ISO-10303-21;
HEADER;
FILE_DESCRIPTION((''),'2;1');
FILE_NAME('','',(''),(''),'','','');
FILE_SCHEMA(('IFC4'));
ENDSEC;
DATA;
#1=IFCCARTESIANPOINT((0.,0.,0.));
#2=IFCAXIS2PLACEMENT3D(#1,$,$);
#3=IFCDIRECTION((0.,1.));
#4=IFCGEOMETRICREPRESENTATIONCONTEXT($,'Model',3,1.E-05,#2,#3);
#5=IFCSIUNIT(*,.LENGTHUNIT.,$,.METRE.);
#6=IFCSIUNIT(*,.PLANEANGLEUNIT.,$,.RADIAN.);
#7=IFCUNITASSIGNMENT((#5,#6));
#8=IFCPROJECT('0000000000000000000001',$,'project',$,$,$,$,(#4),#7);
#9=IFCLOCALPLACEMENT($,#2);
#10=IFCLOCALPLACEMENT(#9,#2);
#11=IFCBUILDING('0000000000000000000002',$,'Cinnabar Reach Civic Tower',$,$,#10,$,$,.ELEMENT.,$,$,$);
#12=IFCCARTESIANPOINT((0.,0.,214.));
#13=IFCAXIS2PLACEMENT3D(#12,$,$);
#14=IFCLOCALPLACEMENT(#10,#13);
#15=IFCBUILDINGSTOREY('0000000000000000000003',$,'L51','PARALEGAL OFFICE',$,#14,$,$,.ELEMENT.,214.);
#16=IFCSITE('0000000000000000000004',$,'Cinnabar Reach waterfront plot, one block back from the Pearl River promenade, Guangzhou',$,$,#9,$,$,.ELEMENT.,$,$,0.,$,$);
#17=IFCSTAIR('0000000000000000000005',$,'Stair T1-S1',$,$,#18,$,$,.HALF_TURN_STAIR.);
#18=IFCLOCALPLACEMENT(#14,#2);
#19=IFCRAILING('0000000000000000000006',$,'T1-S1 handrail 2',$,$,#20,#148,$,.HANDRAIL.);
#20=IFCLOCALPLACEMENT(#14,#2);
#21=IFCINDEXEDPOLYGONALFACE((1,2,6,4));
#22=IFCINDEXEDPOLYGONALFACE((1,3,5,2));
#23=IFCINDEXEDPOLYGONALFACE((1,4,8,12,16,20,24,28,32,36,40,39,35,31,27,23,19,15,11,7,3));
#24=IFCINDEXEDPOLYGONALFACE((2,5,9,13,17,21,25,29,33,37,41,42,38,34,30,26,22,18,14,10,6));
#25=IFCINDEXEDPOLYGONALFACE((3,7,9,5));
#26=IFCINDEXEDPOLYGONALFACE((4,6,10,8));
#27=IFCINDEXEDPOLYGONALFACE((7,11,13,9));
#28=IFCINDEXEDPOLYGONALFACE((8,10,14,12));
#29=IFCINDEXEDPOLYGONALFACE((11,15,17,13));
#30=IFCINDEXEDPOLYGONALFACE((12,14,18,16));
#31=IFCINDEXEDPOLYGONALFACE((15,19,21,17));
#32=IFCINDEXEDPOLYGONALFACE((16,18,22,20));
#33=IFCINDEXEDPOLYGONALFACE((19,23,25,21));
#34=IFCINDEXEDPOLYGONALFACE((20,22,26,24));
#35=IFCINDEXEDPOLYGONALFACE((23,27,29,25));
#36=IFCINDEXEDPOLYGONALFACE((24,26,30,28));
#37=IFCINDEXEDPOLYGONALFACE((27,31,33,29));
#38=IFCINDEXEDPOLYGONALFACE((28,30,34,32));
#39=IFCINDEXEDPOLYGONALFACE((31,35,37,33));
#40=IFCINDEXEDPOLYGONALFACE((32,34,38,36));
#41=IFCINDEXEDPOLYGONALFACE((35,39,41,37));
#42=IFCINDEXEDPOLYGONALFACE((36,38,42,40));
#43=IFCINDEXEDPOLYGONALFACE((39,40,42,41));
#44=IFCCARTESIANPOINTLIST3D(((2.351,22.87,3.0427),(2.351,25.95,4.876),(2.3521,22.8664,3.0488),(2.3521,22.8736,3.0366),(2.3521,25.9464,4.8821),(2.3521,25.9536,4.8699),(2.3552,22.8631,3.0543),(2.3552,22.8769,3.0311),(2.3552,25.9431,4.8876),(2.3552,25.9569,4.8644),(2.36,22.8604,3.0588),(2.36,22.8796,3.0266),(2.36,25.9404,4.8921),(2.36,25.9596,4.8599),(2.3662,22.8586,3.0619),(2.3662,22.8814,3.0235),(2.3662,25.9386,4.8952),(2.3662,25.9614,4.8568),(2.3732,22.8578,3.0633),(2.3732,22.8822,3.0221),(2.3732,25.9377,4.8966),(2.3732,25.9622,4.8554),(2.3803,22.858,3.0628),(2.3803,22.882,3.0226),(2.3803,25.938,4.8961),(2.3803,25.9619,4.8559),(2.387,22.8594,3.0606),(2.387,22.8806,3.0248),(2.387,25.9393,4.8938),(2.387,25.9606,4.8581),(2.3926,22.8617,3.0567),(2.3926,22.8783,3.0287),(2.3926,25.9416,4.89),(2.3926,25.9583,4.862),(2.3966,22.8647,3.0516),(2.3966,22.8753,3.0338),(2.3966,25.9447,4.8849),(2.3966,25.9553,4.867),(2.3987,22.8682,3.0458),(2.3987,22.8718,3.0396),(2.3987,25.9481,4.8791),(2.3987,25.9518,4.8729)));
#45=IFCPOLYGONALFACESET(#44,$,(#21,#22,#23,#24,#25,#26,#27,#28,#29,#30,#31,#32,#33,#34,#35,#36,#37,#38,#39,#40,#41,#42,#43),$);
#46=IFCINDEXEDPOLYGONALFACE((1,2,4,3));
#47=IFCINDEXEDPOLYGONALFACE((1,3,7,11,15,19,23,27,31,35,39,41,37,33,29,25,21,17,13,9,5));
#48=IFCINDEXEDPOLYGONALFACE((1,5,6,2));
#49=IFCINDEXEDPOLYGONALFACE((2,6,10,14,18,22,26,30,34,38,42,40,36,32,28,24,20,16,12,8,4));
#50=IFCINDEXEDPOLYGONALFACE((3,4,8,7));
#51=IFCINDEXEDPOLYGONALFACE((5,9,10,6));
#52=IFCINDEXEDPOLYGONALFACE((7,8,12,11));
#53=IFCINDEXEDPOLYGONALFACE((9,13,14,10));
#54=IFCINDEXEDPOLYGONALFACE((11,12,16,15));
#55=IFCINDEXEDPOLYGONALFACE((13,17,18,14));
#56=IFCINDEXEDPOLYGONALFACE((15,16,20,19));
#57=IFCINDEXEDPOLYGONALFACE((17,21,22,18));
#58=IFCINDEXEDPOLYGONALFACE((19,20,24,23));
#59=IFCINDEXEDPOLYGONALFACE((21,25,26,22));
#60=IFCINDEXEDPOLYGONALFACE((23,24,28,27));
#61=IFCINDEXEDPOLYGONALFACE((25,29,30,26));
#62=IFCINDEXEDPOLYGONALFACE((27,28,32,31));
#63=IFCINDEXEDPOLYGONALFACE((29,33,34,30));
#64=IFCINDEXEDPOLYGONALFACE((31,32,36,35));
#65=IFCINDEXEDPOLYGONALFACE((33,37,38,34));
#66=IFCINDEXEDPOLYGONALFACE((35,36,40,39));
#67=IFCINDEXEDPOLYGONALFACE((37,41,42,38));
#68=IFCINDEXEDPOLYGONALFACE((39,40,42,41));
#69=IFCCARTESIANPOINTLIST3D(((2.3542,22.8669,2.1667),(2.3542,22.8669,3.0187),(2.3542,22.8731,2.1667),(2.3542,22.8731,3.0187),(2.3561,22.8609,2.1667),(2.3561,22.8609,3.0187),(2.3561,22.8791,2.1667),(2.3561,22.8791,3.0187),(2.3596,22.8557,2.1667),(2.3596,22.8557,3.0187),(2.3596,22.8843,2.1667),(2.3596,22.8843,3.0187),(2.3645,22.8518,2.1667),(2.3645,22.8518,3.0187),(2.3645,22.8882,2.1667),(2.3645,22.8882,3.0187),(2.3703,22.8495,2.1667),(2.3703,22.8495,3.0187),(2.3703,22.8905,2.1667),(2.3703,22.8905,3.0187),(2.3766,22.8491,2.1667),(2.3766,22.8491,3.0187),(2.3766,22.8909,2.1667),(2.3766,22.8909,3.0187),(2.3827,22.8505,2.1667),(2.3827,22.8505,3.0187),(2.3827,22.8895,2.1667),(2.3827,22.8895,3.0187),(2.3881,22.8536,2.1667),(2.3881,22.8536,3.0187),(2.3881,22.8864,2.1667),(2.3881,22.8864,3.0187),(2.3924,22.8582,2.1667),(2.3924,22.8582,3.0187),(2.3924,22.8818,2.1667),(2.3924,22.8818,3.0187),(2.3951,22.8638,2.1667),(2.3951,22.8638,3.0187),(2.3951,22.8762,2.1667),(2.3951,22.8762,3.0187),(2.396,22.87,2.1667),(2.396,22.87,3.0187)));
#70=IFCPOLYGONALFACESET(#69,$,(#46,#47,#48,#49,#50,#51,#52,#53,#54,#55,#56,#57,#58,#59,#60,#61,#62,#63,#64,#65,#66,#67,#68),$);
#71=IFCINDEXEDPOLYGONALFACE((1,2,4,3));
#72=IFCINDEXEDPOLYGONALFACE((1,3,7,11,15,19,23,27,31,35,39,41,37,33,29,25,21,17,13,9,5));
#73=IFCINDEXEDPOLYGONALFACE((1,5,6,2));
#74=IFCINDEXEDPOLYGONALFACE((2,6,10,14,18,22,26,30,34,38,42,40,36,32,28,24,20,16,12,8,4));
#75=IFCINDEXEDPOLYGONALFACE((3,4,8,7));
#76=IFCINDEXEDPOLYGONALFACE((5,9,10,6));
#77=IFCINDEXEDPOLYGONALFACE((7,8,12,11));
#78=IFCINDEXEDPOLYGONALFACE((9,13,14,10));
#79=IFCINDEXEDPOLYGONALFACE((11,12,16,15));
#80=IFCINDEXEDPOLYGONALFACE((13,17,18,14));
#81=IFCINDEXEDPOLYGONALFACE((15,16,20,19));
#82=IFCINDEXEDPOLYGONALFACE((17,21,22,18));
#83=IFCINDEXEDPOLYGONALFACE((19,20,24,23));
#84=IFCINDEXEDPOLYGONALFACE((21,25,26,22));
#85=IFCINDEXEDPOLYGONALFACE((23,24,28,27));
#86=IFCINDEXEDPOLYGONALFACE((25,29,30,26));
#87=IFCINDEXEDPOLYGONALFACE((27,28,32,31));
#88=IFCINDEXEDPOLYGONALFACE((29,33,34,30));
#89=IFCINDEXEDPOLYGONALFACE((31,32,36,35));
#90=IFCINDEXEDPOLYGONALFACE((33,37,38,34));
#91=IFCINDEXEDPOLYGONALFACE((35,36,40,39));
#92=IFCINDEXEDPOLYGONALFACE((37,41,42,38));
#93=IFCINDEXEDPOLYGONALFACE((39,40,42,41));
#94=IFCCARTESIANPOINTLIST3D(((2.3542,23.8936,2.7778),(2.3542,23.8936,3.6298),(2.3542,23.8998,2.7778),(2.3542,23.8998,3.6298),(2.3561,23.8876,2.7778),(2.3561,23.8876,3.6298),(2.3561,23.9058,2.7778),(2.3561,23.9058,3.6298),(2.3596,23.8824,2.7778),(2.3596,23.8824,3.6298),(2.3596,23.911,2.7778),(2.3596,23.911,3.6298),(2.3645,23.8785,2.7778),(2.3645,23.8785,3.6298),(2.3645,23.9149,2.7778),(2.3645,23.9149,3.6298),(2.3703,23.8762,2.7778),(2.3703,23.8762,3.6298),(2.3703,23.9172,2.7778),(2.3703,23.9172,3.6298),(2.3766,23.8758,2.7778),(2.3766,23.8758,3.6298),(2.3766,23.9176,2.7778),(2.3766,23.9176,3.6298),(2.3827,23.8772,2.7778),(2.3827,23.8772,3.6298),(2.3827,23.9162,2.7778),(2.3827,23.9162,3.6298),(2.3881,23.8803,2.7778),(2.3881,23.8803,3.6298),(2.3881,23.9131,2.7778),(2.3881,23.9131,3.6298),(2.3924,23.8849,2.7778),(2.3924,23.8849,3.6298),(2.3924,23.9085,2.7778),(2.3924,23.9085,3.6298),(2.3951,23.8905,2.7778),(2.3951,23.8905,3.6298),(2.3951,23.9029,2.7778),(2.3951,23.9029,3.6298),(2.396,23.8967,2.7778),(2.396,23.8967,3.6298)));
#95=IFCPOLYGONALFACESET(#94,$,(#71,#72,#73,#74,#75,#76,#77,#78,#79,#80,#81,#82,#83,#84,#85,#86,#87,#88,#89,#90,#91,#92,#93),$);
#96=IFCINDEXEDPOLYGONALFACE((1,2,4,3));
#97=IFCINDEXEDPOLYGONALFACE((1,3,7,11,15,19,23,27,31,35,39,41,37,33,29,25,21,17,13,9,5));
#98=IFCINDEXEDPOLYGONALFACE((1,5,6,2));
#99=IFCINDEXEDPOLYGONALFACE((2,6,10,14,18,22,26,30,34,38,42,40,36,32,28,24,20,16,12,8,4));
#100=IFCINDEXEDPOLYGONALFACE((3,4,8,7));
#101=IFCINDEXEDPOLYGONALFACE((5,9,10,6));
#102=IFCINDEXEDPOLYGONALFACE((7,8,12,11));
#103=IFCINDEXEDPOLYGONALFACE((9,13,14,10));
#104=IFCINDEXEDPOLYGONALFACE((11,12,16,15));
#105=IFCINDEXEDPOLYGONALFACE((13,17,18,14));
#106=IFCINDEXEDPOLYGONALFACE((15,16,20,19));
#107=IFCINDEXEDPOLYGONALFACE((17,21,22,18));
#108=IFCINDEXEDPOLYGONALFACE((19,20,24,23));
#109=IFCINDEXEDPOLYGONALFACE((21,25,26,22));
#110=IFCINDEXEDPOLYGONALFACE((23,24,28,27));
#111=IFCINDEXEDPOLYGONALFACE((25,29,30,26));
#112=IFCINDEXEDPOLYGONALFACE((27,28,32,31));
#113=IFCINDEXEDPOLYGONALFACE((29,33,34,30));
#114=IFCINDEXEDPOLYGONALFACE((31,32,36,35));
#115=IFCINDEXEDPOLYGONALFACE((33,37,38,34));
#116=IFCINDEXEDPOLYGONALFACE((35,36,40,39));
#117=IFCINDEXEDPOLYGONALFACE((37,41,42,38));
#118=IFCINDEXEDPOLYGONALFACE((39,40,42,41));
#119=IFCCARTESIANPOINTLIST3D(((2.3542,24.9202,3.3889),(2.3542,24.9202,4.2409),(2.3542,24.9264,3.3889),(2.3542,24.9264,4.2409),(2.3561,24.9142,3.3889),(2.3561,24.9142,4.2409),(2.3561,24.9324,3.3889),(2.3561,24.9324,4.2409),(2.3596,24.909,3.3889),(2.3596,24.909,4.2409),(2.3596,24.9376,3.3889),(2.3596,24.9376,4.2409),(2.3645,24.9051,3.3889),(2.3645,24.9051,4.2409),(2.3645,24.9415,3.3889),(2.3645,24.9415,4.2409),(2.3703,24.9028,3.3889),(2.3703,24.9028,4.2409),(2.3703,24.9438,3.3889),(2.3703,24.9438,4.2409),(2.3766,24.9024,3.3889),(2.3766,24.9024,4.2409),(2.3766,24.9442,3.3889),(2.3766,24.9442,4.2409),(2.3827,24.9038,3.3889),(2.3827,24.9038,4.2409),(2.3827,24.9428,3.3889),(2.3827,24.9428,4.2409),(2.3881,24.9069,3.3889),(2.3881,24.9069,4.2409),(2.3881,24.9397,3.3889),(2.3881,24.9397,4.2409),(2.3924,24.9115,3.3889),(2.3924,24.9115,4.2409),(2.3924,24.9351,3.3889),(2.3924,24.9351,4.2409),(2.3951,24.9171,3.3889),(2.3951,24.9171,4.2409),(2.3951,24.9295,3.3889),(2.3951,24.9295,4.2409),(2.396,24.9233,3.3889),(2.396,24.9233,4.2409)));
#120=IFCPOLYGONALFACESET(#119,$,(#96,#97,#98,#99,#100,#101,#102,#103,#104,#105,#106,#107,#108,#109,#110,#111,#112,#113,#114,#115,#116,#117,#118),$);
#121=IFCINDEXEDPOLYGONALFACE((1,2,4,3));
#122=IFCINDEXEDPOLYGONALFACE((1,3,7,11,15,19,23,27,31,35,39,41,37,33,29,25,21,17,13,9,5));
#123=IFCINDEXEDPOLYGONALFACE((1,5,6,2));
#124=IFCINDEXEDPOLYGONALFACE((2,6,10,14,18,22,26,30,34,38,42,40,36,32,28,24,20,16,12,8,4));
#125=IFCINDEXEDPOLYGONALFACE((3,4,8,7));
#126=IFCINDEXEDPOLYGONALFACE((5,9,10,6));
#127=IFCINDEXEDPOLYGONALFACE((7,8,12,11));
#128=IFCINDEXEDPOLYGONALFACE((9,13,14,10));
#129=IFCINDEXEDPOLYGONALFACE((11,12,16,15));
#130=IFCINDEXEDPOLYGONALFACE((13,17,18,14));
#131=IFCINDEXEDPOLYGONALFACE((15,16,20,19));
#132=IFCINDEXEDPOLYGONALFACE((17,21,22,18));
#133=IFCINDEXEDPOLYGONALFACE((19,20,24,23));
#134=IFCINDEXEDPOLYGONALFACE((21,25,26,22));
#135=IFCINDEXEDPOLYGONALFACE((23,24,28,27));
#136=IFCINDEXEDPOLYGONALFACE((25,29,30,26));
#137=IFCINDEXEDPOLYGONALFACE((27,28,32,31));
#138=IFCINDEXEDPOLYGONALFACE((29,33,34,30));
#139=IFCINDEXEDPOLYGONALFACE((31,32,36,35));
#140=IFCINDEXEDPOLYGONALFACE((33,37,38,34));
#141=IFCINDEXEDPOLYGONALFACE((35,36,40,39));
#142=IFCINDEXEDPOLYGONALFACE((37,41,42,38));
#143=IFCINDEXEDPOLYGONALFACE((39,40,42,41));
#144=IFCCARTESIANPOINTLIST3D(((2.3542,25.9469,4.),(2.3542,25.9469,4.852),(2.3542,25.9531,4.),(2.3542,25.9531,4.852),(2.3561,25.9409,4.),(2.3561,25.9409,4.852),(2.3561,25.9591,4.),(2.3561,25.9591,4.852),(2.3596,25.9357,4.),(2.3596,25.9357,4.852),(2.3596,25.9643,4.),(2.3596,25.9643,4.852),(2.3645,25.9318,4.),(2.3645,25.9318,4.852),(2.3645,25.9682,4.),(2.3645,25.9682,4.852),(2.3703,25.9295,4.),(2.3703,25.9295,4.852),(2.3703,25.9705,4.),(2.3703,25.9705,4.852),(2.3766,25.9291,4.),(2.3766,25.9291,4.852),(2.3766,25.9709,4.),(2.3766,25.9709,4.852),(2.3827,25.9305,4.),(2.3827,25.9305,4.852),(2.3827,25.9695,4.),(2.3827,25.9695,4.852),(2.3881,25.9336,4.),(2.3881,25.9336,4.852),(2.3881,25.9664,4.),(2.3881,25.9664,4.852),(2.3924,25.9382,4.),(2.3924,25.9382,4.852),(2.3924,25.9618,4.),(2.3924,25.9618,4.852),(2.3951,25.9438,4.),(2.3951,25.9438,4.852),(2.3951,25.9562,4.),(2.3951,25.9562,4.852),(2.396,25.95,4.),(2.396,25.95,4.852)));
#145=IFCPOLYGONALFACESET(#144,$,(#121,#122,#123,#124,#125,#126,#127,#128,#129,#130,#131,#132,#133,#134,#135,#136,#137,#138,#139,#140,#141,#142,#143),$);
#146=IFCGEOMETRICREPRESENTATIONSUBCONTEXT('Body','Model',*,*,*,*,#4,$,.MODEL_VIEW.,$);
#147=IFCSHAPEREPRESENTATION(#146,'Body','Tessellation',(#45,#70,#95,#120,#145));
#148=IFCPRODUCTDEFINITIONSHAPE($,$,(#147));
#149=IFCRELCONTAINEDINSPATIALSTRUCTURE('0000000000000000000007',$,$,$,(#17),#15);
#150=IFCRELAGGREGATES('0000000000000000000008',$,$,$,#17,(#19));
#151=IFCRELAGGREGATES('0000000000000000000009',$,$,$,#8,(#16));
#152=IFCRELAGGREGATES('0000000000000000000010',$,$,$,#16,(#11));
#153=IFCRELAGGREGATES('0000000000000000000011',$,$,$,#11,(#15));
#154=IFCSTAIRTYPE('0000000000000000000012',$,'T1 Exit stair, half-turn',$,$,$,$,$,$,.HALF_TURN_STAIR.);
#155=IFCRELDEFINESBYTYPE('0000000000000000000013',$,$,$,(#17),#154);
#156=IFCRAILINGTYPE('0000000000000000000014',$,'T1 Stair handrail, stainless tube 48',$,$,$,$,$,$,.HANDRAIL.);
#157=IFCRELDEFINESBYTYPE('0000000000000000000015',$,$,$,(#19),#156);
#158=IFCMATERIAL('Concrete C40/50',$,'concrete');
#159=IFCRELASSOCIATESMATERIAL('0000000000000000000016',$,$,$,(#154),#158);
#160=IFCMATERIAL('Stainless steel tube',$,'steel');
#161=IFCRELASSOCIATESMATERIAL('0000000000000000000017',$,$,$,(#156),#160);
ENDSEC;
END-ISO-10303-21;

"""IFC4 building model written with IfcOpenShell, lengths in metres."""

from ifc_helpers import new_model, si_unit, direction, frame, origin, origin_2d, place, context, subcontext, project, spatial, circle, extrude, material, type_object, element, aggregate, save


model = new_model("IFC4")

# Units and contexts
model_context = context("Model", 3, precision=1e-05, world=origin(), true_north=direction((0.0, 1.0)))
body_context = subcontext(model_context, "Body", "Model", "MODEL_VIEW")
ifc_project = project(units=[si_unit("LENGTHUNIT", "METRE"), si_unit("PLANEANGLEUNIT", "RADIAN")], contexts=[model_context])

# Site, building, storey
site_placement = place(None, origin())
site = spatial("IfcSite", under=ifc_project, at=site_placement, Name="Cinnabar Reach waterfront plot, one block back from the Pearl River promenade, Guangzhou", CompositionType="ELEMENT", RefElevation=0.0)
building_placement = place(site_placement, origin())
building = spatial("IfcBuilding", under=site, at=building_placement, Name="Cinnabar Reach Civic Tower", CompositionType="ELEMENT")
storey_placement = place(building_placement, frame((0.0, 0.0, 214.0)))
storey = spatial("IfcBuildingStorey", under=building, at=storey_placement, Name="L51", Description="PARALEGAL OFFICE", CompositionType="ELEMENT", Elevation=214.0)

# Shared definitions
ifc_material_1 = material(Name="Concrete C40/50", Category="concrete")

# Stair, railing
stair_type = type_object("IfcStairType", Name="T1 Exit stair, half-turn", PredefinedType="HALF_TURN_STAIR", material=ifc_material_1)
stair_placement = place(storey_placement, origin())
stair = element("IfcStair", 1, at=stair_placement, inside=storey, type_object=stair_type, Name="Stair T1-S1", PredefinedType="HALF_TURN_STAIR")
ifc_material_2 = material(Name="Stainless steel tube", Category="steel")
railing_type = type_object("IfcRailingType", Name="T1 Stair handrail, stainless tube 48", PredefinedType="HANDRAIL", material=ifc_material_2)
railing_1_placement = place(storey_placement, frame((2.375, 22.87, 2.1667)))
railing_1 = element("IfcRailing", 2, at=railing_1_placement, type_object=railing_type, Name="T1-S1 handrail 2", PredefinedType="HANDRAIL", context=body_context, shape_type="SweptSolid", body=[
    extrude(circle(Radius=0.024, at=origin_2d()), frame((0.0, 0.0, 0.876), z_axis=(0.0, 0.859297, 0.511477), x_axis=(-1.0, 0.0, 0.0)), (0.0, 0.0, 1.0), 3.5843),
    extrude(circle(Radius=0.021, at=origin_2d()), origin(), (0.0, 0.0, 1.0), 0.852),
    extrude(circle(Radius=0.021, at=origin_2d()), frame((0.0, 1.0267, 0.6111)), (0.0, 0.0, 1.0), 0.852),
    extrude(circle(Radius=0.021, at=origin_2d()), frame((0.0, 2.0533, 1.2222)), (0.0, 0.0, 1.0), 0.852),
    extrude(circle(Radius=0.021, at=origin_2d()), frame((0.0, 3.08, 1.8333)), (0.0, 0.0, 1.0), 0.852),
])
aggregate(stair, [railing_1])

save(model, "model.ifc")
